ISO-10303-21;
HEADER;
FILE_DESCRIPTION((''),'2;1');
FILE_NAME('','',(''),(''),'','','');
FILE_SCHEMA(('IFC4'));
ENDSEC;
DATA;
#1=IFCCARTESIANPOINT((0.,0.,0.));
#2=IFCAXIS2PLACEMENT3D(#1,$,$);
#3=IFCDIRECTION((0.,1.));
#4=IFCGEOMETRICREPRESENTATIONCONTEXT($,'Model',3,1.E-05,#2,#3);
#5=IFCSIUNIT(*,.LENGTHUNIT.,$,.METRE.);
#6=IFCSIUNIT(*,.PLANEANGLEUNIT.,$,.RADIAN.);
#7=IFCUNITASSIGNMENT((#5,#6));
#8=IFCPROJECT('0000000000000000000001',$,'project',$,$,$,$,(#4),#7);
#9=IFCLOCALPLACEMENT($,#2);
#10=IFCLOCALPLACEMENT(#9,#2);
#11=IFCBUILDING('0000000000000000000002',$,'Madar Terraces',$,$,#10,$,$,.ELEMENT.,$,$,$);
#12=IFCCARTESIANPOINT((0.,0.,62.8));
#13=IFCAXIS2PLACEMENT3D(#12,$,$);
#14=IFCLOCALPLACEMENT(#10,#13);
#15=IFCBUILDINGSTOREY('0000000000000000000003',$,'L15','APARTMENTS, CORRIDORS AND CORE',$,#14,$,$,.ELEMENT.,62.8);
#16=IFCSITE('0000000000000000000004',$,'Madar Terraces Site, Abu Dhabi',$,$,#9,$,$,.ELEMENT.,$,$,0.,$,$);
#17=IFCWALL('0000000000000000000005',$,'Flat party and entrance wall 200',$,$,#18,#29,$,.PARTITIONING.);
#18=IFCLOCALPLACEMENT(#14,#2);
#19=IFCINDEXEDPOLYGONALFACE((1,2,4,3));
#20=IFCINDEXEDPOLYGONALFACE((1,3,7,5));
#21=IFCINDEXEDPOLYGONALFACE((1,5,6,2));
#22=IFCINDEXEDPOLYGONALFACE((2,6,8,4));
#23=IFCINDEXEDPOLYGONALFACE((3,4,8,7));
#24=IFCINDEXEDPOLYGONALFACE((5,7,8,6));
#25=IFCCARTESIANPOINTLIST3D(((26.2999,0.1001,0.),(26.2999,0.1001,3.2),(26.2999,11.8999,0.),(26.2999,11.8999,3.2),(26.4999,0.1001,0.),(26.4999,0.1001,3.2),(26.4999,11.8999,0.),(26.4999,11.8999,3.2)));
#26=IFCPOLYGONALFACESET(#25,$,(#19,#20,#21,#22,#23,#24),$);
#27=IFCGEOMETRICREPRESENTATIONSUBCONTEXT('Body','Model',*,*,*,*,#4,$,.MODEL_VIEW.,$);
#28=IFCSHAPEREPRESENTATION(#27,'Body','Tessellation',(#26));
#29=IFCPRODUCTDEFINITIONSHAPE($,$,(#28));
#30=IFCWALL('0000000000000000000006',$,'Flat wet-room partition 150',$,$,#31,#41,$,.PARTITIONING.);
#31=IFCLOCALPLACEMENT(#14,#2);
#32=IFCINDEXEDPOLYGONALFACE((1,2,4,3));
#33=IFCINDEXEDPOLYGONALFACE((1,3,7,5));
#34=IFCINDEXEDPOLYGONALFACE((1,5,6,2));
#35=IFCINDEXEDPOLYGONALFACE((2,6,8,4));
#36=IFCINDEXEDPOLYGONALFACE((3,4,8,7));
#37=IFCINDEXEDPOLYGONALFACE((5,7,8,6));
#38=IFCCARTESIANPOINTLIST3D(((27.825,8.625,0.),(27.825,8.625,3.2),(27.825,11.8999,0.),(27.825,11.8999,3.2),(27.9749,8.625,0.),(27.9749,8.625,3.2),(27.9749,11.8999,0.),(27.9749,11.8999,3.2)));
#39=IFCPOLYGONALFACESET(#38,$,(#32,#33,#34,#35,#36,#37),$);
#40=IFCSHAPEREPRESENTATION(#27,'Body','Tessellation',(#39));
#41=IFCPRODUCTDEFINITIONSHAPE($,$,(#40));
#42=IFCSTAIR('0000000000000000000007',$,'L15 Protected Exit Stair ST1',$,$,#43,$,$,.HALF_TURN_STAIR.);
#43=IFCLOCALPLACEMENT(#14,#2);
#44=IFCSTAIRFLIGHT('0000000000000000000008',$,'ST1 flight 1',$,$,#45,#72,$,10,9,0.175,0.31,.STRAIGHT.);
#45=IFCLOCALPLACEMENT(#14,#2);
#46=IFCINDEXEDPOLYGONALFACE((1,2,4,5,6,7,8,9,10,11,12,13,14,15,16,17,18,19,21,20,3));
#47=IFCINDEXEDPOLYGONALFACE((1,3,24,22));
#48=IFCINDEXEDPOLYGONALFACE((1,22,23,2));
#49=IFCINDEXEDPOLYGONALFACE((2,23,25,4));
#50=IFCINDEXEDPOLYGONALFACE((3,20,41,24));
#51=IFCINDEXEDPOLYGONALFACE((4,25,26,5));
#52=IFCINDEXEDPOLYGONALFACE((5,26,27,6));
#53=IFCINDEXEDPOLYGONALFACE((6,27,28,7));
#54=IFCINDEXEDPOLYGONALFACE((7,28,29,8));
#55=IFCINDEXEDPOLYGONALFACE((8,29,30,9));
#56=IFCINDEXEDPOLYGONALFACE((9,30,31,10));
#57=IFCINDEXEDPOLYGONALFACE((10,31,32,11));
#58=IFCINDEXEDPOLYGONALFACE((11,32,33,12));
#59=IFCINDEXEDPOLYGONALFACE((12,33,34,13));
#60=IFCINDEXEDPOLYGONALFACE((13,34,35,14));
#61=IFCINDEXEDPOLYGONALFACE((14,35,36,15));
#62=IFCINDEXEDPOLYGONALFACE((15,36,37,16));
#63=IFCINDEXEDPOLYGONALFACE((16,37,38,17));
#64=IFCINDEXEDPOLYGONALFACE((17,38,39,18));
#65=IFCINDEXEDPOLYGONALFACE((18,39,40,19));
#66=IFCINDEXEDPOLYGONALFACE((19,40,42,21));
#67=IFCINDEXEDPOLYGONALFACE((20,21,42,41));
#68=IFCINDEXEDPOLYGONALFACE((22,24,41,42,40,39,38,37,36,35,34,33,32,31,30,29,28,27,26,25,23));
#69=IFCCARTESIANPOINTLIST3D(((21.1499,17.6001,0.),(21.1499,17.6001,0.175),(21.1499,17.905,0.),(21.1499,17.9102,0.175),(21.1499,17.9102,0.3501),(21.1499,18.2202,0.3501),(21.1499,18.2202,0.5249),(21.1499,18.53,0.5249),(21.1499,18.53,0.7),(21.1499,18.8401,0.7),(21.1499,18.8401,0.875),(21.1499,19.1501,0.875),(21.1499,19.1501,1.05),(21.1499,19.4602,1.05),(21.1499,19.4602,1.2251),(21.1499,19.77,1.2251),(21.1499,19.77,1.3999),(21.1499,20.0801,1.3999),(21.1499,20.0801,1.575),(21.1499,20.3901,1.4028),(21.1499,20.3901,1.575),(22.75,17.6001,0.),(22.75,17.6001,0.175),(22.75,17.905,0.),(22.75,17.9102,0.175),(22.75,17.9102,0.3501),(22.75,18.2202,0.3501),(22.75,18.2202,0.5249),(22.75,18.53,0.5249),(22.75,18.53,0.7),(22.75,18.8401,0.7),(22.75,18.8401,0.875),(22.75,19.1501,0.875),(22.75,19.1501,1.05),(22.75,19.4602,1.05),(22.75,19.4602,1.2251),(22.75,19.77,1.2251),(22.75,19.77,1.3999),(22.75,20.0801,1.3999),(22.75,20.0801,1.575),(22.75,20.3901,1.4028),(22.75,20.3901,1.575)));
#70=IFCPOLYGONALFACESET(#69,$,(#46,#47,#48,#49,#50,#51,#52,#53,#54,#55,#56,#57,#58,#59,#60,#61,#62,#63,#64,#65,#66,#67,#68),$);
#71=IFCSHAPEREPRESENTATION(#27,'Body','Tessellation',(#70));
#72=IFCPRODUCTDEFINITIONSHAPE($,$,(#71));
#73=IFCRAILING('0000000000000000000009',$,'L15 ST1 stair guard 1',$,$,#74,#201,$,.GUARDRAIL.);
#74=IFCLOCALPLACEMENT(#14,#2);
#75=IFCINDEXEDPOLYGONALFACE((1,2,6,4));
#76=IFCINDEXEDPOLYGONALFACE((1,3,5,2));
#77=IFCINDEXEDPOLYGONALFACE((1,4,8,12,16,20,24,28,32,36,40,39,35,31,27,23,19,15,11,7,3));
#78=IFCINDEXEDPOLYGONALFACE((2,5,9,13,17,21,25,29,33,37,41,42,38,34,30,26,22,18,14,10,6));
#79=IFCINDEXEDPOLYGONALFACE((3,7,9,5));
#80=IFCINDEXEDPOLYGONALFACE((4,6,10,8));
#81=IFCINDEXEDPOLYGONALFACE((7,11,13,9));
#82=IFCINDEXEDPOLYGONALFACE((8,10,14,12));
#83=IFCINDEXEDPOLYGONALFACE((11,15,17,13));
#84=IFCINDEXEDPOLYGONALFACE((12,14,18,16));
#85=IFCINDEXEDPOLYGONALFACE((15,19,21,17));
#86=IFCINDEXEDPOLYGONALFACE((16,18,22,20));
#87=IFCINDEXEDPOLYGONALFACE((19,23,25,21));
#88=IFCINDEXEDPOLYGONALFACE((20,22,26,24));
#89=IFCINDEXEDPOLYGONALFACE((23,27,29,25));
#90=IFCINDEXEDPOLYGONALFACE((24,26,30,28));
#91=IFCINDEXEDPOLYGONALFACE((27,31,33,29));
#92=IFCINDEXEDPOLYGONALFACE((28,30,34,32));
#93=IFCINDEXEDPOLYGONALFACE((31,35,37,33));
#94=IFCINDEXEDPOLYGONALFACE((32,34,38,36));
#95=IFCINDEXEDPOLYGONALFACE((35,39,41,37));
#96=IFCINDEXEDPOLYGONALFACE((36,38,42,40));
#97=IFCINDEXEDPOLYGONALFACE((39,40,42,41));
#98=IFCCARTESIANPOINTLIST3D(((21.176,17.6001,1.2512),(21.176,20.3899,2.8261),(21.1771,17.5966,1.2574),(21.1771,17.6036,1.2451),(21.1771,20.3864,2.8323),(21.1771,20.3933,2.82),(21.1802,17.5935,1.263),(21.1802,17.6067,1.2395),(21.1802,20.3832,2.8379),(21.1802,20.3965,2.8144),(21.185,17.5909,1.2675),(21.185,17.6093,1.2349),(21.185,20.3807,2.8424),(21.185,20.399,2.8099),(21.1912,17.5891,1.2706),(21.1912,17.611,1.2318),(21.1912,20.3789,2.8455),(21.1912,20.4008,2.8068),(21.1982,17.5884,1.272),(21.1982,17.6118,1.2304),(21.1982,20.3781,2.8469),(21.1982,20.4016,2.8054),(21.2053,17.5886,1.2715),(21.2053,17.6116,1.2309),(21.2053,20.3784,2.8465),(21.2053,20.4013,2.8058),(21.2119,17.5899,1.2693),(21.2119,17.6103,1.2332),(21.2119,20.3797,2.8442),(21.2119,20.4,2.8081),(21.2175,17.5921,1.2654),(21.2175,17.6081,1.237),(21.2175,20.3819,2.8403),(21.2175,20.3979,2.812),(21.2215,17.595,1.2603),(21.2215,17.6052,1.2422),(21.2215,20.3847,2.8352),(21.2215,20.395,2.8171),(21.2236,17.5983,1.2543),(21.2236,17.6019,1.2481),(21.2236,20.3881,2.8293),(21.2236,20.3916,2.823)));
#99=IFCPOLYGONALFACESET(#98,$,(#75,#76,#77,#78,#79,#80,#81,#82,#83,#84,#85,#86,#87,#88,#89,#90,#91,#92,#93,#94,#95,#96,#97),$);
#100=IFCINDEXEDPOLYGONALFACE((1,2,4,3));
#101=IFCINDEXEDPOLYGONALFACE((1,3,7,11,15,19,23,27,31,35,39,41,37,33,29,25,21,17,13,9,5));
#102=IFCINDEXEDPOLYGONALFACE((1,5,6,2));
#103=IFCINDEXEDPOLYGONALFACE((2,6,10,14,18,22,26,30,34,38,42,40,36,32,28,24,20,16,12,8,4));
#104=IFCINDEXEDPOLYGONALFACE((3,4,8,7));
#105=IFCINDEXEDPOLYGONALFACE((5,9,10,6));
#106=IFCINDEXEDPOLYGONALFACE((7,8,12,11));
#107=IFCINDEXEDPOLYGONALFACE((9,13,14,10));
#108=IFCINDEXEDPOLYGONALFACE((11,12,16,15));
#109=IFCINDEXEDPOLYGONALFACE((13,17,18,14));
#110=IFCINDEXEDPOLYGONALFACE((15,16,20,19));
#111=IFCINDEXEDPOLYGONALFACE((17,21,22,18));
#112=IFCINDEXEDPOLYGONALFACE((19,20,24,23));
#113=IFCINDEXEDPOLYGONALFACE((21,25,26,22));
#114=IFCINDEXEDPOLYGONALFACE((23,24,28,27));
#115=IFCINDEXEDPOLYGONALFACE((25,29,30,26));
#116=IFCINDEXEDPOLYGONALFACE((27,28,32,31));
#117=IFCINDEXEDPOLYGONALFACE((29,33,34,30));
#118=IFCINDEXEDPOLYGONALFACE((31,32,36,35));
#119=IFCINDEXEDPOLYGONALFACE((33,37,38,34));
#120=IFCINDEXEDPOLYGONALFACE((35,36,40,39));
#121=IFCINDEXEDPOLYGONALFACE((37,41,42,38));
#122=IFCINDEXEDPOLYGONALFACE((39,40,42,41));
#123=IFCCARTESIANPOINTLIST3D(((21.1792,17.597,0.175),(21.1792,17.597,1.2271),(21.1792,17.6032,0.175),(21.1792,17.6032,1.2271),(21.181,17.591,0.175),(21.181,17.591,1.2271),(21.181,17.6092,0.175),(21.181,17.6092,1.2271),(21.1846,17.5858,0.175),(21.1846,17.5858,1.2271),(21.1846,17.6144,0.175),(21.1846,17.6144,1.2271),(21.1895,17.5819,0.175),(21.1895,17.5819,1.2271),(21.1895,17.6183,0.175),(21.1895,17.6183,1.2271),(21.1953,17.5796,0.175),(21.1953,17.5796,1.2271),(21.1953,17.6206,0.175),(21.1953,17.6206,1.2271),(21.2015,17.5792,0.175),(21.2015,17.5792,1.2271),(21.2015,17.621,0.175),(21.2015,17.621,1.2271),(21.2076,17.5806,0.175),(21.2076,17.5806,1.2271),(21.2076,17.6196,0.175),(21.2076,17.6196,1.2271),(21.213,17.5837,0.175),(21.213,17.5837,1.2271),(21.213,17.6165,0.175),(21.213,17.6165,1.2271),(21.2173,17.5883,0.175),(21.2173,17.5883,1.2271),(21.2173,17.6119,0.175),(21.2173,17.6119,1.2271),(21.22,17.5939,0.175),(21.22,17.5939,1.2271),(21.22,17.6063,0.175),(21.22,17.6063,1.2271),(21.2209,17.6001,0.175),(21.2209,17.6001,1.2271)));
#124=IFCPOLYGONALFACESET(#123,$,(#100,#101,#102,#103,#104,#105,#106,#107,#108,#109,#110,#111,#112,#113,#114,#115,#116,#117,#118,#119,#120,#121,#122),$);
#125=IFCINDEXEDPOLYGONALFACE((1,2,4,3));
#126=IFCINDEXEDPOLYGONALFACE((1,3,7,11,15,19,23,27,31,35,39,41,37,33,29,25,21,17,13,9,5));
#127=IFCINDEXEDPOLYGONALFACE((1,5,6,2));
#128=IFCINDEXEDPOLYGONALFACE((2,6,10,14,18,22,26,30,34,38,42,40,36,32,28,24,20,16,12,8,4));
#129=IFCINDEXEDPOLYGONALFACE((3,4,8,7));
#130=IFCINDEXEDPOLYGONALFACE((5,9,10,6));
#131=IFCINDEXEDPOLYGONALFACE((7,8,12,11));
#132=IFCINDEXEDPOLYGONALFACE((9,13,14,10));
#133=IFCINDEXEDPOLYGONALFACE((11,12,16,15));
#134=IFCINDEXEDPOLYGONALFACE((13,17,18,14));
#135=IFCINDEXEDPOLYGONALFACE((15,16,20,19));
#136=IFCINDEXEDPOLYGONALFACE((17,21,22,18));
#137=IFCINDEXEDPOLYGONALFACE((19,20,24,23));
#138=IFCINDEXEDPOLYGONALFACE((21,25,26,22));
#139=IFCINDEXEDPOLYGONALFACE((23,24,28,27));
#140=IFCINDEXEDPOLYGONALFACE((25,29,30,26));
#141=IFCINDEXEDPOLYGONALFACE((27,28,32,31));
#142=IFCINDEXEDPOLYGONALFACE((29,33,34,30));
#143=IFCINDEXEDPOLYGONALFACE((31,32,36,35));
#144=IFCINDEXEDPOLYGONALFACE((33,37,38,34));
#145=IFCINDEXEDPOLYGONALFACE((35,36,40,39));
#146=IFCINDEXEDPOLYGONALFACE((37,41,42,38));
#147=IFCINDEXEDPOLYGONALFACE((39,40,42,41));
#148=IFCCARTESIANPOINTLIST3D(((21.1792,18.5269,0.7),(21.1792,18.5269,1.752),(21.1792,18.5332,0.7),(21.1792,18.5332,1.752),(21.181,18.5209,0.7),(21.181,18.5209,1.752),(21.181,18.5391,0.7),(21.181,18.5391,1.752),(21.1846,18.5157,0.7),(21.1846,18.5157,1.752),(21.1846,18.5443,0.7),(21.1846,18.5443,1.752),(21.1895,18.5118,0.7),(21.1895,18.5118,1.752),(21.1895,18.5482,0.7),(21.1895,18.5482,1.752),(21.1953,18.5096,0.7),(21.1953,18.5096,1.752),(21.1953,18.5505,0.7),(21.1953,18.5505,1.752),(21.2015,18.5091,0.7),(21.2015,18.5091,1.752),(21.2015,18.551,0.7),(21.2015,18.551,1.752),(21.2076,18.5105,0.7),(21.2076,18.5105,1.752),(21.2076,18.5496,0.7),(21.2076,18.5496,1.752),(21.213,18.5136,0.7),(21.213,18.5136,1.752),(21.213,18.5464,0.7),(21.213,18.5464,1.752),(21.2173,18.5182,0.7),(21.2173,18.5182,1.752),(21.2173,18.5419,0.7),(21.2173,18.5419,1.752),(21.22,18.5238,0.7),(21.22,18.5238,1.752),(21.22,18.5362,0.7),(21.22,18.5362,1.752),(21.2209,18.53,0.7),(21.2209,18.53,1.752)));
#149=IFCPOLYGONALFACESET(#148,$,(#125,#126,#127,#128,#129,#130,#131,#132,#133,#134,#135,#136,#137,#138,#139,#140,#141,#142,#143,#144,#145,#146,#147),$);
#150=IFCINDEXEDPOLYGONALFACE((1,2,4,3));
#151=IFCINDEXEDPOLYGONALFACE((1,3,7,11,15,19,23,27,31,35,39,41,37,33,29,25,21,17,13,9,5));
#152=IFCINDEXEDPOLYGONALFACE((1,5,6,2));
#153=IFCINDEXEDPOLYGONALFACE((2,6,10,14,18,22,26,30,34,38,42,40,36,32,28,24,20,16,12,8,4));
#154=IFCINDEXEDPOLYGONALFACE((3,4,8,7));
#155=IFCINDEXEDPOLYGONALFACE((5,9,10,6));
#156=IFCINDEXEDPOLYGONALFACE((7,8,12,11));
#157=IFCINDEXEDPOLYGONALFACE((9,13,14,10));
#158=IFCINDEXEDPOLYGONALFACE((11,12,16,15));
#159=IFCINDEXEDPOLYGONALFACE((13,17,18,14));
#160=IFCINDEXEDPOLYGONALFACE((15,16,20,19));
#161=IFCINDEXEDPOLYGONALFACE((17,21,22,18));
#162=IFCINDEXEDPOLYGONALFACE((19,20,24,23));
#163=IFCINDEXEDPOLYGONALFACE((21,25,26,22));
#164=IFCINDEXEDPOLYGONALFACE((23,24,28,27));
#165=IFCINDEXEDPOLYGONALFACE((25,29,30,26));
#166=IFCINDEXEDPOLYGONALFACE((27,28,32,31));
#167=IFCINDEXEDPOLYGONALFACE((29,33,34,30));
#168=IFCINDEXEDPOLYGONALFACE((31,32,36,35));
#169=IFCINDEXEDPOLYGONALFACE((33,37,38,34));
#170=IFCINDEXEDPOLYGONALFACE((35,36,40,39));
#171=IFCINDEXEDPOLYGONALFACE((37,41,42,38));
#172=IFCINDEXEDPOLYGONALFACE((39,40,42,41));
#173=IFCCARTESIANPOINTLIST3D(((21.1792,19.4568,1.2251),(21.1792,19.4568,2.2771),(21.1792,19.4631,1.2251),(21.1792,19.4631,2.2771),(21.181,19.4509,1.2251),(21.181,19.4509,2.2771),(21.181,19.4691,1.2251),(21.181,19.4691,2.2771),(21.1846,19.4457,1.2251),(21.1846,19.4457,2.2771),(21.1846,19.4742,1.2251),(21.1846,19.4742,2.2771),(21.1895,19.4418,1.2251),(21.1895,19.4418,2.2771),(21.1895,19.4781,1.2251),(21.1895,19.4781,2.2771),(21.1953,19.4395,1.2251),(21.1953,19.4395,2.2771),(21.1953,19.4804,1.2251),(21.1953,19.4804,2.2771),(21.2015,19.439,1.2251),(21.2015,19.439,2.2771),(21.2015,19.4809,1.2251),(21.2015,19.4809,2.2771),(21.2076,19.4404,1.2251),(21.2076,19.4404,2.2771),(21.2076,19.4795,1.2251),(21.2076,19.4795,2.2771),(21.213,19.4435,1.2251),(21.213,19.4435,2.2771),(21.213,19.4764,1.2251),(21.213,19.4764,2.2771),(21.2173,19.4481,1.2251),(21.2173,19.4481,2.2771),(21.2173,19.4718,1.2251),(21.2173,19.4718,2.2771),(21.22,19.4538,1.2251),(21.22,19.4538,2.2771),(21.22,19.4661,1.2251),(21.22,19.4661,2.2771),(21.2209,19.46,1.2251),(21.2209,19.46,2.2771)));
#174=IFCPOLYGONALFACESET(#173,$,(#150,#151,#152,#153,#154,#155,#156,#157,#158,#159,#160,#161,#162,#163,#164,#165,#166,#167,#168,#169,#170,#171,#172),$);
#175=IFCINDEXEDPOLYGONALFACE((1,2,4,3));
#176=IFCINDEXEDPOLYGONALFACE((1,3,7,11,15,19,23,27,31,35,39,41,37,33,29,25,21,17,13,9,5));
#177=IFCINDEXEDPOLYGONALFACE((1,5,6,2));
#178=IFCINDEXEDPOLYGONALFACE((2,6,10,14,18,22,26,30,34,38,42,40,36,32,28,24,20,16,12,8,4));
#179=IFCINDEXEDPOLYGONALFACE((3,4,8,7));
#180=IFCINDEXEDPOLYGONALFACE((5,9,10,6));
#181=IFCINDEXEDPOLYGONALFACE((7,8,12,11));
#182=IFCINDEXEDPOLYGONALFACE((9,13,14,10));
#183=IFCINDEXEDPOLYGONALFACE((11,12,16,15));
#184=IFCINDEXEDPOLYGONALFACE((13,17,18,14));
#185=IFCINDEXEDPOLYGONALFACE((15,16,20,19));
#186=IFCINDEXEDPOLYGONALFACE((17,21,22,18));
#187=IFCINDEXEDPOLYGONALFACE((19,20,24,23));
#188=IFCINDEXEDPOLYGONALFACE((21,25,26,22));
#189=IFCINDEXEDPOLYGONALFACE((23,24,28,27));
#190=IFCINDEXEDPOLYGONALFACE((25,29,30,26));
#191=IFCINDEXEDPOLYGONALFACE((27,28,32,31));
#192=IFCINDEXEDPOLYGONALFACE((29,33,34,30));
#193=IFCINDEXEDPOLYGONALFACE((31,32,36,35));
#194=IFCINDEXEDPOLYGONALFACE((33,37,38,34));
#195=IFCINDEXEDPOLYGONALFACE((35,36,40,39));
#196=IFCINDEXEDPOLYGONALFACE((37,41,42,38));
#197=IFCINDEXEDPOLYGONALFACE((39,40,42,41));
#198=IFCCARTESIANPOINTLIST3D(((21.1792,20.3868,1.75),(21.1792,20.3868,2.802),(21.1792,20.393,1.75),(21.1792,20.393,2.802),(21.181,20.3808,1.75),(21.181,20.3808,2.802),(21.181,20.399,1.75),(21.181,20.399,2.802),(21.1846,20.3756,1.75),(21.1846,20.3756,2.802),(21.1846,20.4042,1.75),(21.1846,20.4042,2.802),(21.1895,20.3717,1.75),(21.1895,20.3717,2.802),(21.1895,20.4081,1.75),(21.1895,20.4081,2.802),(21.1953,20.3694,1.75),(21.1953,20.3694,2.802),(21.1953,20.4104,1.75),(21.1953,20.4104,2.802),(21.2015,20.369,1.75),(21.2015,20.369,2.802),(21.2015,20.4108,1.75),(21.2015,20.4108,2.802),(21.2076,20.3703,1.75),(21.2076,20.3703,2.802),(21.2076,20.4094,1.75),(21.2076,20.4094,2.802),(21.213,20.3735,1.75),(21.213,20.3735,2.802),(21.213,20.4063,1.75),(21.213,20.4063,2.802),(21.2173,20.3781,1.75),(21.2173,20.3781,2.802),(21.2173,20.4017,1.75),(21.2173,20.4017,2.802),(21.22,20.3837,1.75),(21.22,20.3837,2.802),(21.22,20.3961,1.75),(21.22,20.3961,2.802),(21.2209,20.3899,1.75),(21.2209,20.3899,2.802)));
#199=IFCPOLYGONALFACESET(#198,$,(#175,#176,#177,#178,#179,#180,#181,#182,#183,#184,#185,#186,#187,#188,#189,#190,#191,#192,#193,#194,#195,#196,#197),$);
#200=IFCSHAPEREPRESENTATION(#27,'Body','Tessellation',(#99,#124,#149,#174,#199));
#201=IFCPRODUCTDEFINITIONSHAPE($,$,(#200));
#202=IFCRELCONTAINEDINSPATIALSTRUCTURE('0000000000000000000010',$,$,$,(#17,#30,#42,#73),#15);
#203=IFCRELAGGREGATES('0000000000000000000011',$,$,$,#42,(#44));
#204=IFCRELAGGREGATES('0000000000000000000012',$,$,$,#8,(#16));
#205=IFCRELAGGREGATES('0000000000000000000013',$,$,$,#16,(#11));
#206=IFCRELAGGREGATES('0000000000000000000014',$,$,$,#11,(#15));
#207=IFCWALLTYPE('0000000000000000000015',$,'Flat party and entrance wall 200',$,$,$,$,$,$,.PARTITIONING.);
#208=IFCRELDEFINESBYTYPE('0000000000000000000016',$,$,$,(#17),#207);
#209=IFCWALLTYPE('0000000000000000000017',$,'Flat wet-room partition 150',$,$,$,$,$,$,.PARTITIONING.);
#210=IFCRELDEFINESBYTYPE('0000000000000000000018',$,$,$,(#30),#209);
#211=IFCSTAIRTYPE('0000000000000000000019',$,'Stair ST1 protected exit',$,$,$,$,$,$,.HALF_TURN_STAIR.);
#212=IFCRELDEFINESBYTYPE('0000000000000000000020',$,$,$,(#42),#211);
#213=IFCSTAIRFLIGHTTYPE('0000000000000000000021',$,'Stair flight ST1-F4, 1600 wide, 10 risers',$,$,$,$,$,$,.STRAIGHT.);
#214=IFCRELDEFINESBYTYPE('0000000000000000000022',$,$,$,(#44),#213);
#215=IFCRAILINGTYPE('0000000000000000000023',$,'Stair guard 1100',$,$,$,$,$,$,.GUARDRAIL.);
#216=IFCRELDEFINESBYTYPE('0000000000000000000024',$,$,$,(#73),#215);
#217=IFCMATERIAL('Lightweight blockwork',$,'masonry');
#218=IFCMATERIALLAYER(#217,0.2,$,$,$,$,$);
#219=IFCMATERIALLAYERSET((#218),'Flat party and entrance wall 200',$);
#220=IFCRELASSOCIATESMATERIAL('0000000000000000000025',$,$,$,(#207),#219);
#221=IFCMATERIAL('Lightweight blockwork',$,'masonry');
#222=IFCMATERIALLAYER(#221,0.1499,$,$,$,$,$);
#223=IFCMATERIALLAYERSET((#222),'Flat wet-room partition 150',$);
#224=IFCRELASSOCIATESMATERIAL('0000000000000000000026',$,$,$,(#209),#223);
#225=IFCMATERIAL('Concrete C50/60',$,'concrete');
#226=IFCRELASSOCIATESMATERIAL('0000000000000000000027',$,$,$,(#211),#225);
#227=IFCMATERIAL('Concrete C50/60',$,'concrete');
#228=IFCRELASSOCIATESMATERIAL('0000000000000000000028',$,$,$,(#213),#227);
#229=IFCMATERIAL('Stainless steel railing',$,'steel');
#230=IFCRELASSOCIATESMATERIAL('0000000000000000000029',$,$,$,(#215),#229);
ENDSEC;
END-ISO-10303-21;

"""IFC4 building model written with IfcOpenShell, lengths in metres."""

from ifc_helpers import new_model, si_unit, direction, frame, frame_2d, origin, origin_2d, place, context, subcontext, project, spatial, polyline, rectangle, circle, outline, extrude, material, layer, layer_set, type_object, element, aggregate, save


model = new_model("IFC4")

# Units and contexts
model_context = context("Model", 3, precision=1e-05, world=origin(), true_north=direction((0.0, 1.0)))
body_context = subcontext(model_context, "Body", "Model", "MODEL_VIEW")
ifc_project = project(units=[si_unit("LENGTHUNIT", "METRE"), si_unit("PLANEANGLEUNIT", "RADIAN")], contexts=[model_context])

# Site, building, storey
site_placement = place(None, origin())
site = spatial("IfcSite", under=ifc_project, at=site_placement, Name="Madar Terraces Site, Abu Dhabi", CompositionType="ELEMENT", RefElevation=0.0)
building_placement = place(site_placement, origin())
building = spatial("IfcBuilding", under=site, at=building_placement, Name="Madar Terraces", CompositionType="ELEMENT")
storey_placement = place(building_placement, frame((0.0, 0.0, 62.8)))
storey = spatial("IfcBuildingStorey", under=building, at=storey_placement, Name="L15", Description="APARTMENTS, CORRIDORS AND CORE", CompositionType="ELEMENT", Elevation=62.8)

# Walls
ifc_material_1 = material(Name="Lightweight blockwork", Category="masonry")
ifc_layer_1 = layer(ifc_material_1, 0.2)
ifc_layer_set_1 = layer_set([ifc_layer_1], Name="Flat party and entrance wall 200")
wall_type_1 = type_object("IfcWallType", Name="Flat party and entrance wall 200", PredefinedType="PARTITIONING", material=ifc_layer_set_1)
wall_1_placement = place(storey_placement, frame((26.3999, 11.8999, 0.0), z_axis=(0.0, 0.0, 1.0), x_axis=(0.0, -1.0, 0.0)))
element("IfcWall", 1, at=wall_1_placement, inside=storey, type_object=wall_type_1, Name="Flat party and entrance wall 200", PredefinedType="PARTITIONING", context=body_context, shape_type="SweptSolid", body=[
    extrude(rectangle(XDim=11.7998, YDim=0.2, at=frame_2d((5.8999, 0.0))), origin(), (0.0, 0.0, 1.0), 3.2),
])
ifc_material_2 = material(Name="Lightweight blockwork", Category="masonry")
ifc_layer_2 = layer(ifc_material_2, 0.1499)
ifc_layer_set_2 = layer_set([ifc_layer_2], Name="Flat wet-room partition 150")
wall_type_2 = type_object("IfcWallType", Name="Flat wet-room partition 150", PredefinedType="PARTITIONING", material=ifc_layer_set_2)
wall_2_placement = place(storey_placement, frame((27.8999, 11.8999, 0.0), z_axis=(0.0, 0.0, 1.0), x_axis=(0.0, -1.0, 0.0)))
element("IfcWall", 2, at=wall_2_placement, inside=storey, type_object=wall_type_2, Name="Flat wet-room partition 150", PredefinedType="PARTITIONING", context=body_context, shape_type="SweptSolid", body=[
    extrude(rectangle(XDim=3.2749, YDim=0.1499, at=frame_2d((1.6375, 0.0))), origin(), (0.0, 0.0, 1.0), 3.2),
])

# Stair, stair flight
ifc_material_3 = material(Name="Concrete C50/60", Category="concrete")
stair_type = type_object("IfcStairType", Name="Stair ST1 protected exit", PredefinedType="HALF_TURN_STAIR", material=ifc_material_3)
stair_placement = place(storey_placement, origin())
stair = element("IfcStair", 3, at=stair_placement, inside=storey, type_object=stair_type, Name="L15 Protected Exit Stair ST1", PredefinedType="HALF_TURN_STAIR")
ifc_material_4 = material(Name="Concrete C50/60", Category="concrete")
stair_flight_type = type_object("IfcStairFlightType", Name="Stair flight ST1-F4, 1600 wide, 10 risers", PredefinedType="STRAIGHT", material=ifc_material_4)
stair_flight_placement = place(storey_placement, frame((21.95, 17.6001, 0.0), z_axis=(0.0, 0.0, 1.0), x_axis=(0.0, 1.0, 0.0)))
stair_flight = element("IfcStairFlight", 4, at=stair_flight_placement, type_object=stair_flight_type, Name="ST1 flight 1", NumberOfRisers=10, NumberOfTreads=9, PredefinedType="STRAIGHT", RiserHeight=0.175, TreadLength=0.31, context=body_context, shape_type="SweptSolid", body=[
    extrude(outline(polyline([(0.0, 0.0), (0.0, 0.175), (0.3101, 0.175), (0.3101, 0.3501), (0.6201, 0.3501), (0.6201, 0.5249), (0.9299, 0.5249), (0.9299, 0.7), (1.24, 0.7), (1.24, 0.875), (1.55, 0.875), (1.55, 1.05), (1.8601, 1.05), (1.8601, 1.2251), (2.1699, 1.2251), (2.1699, 1.3999), (2.48, 1.3999), (2.48, 1.575), (2.79, 1.575), (2.79, 1.75), (2.79, 1.4028), (0.3049, 0.0), (0.0, 0.0)])), frame((0.0, 0.8, 0.0), z_axis=(0.0, -1.0, 0.0), x_axis=(1.0, 0.0, 0.0)), (0.0, 0.0, 1.0), 1.6001),
])
aggregate(stair, [stair_flight])

# Railing
ifc_material_5 = material(Name="Stainless steel railing", Category="steel")
railing_type_1 = type_object("IfcRailingType", Name="Stair guard 1100", PredefinedType="GUARDRAIL", material=ifc_material_5)
railing_1_placement = place(storey_placement, frame((21.2, 17.6001, 0.175)))
element("IfcRailing", 5, at=railing_1_placement, inside=storey, type_object=railing_type_1, Name="L15 ST1 stair guard 1", PredefinedType="GUARDRAIL", context=body_context, shape_type="SweptSolid", body=[
    extrude(circle(Radius=0.0239, at=origin_2d()), frame((0.0, 0.0, 1.0762), z_axis=(0.0, 0.870815, 0.49161), x_axis=(-1.0, 0.0, 0.0)), (0.0, 0.0, 1.0), 3.2036),
    extrude(circle(Radius=0.021, at=origin_2d()), origin(), (0.0, 0.0, 1.0), 1.052),
    extrude(circle(Radius=0.021, at=origin_2d()), frame((0.0, 0.9299, 0.5249)), (0.0, 0.0, 1.0), 1.052),
    extrude(circle(Radius=0.021, at=origin_2d()), frame((0.0, 1.8599, 1.05)), (0.0, 0.0, 1.0), 1.052),
    extrude(circle(Radius=0.021, at=origin_2d()), frame((0.0, 2.7898, 1.575)), (0.0, 0.0, 1.0), 1.052),
])

save(model, "model.ifc")
